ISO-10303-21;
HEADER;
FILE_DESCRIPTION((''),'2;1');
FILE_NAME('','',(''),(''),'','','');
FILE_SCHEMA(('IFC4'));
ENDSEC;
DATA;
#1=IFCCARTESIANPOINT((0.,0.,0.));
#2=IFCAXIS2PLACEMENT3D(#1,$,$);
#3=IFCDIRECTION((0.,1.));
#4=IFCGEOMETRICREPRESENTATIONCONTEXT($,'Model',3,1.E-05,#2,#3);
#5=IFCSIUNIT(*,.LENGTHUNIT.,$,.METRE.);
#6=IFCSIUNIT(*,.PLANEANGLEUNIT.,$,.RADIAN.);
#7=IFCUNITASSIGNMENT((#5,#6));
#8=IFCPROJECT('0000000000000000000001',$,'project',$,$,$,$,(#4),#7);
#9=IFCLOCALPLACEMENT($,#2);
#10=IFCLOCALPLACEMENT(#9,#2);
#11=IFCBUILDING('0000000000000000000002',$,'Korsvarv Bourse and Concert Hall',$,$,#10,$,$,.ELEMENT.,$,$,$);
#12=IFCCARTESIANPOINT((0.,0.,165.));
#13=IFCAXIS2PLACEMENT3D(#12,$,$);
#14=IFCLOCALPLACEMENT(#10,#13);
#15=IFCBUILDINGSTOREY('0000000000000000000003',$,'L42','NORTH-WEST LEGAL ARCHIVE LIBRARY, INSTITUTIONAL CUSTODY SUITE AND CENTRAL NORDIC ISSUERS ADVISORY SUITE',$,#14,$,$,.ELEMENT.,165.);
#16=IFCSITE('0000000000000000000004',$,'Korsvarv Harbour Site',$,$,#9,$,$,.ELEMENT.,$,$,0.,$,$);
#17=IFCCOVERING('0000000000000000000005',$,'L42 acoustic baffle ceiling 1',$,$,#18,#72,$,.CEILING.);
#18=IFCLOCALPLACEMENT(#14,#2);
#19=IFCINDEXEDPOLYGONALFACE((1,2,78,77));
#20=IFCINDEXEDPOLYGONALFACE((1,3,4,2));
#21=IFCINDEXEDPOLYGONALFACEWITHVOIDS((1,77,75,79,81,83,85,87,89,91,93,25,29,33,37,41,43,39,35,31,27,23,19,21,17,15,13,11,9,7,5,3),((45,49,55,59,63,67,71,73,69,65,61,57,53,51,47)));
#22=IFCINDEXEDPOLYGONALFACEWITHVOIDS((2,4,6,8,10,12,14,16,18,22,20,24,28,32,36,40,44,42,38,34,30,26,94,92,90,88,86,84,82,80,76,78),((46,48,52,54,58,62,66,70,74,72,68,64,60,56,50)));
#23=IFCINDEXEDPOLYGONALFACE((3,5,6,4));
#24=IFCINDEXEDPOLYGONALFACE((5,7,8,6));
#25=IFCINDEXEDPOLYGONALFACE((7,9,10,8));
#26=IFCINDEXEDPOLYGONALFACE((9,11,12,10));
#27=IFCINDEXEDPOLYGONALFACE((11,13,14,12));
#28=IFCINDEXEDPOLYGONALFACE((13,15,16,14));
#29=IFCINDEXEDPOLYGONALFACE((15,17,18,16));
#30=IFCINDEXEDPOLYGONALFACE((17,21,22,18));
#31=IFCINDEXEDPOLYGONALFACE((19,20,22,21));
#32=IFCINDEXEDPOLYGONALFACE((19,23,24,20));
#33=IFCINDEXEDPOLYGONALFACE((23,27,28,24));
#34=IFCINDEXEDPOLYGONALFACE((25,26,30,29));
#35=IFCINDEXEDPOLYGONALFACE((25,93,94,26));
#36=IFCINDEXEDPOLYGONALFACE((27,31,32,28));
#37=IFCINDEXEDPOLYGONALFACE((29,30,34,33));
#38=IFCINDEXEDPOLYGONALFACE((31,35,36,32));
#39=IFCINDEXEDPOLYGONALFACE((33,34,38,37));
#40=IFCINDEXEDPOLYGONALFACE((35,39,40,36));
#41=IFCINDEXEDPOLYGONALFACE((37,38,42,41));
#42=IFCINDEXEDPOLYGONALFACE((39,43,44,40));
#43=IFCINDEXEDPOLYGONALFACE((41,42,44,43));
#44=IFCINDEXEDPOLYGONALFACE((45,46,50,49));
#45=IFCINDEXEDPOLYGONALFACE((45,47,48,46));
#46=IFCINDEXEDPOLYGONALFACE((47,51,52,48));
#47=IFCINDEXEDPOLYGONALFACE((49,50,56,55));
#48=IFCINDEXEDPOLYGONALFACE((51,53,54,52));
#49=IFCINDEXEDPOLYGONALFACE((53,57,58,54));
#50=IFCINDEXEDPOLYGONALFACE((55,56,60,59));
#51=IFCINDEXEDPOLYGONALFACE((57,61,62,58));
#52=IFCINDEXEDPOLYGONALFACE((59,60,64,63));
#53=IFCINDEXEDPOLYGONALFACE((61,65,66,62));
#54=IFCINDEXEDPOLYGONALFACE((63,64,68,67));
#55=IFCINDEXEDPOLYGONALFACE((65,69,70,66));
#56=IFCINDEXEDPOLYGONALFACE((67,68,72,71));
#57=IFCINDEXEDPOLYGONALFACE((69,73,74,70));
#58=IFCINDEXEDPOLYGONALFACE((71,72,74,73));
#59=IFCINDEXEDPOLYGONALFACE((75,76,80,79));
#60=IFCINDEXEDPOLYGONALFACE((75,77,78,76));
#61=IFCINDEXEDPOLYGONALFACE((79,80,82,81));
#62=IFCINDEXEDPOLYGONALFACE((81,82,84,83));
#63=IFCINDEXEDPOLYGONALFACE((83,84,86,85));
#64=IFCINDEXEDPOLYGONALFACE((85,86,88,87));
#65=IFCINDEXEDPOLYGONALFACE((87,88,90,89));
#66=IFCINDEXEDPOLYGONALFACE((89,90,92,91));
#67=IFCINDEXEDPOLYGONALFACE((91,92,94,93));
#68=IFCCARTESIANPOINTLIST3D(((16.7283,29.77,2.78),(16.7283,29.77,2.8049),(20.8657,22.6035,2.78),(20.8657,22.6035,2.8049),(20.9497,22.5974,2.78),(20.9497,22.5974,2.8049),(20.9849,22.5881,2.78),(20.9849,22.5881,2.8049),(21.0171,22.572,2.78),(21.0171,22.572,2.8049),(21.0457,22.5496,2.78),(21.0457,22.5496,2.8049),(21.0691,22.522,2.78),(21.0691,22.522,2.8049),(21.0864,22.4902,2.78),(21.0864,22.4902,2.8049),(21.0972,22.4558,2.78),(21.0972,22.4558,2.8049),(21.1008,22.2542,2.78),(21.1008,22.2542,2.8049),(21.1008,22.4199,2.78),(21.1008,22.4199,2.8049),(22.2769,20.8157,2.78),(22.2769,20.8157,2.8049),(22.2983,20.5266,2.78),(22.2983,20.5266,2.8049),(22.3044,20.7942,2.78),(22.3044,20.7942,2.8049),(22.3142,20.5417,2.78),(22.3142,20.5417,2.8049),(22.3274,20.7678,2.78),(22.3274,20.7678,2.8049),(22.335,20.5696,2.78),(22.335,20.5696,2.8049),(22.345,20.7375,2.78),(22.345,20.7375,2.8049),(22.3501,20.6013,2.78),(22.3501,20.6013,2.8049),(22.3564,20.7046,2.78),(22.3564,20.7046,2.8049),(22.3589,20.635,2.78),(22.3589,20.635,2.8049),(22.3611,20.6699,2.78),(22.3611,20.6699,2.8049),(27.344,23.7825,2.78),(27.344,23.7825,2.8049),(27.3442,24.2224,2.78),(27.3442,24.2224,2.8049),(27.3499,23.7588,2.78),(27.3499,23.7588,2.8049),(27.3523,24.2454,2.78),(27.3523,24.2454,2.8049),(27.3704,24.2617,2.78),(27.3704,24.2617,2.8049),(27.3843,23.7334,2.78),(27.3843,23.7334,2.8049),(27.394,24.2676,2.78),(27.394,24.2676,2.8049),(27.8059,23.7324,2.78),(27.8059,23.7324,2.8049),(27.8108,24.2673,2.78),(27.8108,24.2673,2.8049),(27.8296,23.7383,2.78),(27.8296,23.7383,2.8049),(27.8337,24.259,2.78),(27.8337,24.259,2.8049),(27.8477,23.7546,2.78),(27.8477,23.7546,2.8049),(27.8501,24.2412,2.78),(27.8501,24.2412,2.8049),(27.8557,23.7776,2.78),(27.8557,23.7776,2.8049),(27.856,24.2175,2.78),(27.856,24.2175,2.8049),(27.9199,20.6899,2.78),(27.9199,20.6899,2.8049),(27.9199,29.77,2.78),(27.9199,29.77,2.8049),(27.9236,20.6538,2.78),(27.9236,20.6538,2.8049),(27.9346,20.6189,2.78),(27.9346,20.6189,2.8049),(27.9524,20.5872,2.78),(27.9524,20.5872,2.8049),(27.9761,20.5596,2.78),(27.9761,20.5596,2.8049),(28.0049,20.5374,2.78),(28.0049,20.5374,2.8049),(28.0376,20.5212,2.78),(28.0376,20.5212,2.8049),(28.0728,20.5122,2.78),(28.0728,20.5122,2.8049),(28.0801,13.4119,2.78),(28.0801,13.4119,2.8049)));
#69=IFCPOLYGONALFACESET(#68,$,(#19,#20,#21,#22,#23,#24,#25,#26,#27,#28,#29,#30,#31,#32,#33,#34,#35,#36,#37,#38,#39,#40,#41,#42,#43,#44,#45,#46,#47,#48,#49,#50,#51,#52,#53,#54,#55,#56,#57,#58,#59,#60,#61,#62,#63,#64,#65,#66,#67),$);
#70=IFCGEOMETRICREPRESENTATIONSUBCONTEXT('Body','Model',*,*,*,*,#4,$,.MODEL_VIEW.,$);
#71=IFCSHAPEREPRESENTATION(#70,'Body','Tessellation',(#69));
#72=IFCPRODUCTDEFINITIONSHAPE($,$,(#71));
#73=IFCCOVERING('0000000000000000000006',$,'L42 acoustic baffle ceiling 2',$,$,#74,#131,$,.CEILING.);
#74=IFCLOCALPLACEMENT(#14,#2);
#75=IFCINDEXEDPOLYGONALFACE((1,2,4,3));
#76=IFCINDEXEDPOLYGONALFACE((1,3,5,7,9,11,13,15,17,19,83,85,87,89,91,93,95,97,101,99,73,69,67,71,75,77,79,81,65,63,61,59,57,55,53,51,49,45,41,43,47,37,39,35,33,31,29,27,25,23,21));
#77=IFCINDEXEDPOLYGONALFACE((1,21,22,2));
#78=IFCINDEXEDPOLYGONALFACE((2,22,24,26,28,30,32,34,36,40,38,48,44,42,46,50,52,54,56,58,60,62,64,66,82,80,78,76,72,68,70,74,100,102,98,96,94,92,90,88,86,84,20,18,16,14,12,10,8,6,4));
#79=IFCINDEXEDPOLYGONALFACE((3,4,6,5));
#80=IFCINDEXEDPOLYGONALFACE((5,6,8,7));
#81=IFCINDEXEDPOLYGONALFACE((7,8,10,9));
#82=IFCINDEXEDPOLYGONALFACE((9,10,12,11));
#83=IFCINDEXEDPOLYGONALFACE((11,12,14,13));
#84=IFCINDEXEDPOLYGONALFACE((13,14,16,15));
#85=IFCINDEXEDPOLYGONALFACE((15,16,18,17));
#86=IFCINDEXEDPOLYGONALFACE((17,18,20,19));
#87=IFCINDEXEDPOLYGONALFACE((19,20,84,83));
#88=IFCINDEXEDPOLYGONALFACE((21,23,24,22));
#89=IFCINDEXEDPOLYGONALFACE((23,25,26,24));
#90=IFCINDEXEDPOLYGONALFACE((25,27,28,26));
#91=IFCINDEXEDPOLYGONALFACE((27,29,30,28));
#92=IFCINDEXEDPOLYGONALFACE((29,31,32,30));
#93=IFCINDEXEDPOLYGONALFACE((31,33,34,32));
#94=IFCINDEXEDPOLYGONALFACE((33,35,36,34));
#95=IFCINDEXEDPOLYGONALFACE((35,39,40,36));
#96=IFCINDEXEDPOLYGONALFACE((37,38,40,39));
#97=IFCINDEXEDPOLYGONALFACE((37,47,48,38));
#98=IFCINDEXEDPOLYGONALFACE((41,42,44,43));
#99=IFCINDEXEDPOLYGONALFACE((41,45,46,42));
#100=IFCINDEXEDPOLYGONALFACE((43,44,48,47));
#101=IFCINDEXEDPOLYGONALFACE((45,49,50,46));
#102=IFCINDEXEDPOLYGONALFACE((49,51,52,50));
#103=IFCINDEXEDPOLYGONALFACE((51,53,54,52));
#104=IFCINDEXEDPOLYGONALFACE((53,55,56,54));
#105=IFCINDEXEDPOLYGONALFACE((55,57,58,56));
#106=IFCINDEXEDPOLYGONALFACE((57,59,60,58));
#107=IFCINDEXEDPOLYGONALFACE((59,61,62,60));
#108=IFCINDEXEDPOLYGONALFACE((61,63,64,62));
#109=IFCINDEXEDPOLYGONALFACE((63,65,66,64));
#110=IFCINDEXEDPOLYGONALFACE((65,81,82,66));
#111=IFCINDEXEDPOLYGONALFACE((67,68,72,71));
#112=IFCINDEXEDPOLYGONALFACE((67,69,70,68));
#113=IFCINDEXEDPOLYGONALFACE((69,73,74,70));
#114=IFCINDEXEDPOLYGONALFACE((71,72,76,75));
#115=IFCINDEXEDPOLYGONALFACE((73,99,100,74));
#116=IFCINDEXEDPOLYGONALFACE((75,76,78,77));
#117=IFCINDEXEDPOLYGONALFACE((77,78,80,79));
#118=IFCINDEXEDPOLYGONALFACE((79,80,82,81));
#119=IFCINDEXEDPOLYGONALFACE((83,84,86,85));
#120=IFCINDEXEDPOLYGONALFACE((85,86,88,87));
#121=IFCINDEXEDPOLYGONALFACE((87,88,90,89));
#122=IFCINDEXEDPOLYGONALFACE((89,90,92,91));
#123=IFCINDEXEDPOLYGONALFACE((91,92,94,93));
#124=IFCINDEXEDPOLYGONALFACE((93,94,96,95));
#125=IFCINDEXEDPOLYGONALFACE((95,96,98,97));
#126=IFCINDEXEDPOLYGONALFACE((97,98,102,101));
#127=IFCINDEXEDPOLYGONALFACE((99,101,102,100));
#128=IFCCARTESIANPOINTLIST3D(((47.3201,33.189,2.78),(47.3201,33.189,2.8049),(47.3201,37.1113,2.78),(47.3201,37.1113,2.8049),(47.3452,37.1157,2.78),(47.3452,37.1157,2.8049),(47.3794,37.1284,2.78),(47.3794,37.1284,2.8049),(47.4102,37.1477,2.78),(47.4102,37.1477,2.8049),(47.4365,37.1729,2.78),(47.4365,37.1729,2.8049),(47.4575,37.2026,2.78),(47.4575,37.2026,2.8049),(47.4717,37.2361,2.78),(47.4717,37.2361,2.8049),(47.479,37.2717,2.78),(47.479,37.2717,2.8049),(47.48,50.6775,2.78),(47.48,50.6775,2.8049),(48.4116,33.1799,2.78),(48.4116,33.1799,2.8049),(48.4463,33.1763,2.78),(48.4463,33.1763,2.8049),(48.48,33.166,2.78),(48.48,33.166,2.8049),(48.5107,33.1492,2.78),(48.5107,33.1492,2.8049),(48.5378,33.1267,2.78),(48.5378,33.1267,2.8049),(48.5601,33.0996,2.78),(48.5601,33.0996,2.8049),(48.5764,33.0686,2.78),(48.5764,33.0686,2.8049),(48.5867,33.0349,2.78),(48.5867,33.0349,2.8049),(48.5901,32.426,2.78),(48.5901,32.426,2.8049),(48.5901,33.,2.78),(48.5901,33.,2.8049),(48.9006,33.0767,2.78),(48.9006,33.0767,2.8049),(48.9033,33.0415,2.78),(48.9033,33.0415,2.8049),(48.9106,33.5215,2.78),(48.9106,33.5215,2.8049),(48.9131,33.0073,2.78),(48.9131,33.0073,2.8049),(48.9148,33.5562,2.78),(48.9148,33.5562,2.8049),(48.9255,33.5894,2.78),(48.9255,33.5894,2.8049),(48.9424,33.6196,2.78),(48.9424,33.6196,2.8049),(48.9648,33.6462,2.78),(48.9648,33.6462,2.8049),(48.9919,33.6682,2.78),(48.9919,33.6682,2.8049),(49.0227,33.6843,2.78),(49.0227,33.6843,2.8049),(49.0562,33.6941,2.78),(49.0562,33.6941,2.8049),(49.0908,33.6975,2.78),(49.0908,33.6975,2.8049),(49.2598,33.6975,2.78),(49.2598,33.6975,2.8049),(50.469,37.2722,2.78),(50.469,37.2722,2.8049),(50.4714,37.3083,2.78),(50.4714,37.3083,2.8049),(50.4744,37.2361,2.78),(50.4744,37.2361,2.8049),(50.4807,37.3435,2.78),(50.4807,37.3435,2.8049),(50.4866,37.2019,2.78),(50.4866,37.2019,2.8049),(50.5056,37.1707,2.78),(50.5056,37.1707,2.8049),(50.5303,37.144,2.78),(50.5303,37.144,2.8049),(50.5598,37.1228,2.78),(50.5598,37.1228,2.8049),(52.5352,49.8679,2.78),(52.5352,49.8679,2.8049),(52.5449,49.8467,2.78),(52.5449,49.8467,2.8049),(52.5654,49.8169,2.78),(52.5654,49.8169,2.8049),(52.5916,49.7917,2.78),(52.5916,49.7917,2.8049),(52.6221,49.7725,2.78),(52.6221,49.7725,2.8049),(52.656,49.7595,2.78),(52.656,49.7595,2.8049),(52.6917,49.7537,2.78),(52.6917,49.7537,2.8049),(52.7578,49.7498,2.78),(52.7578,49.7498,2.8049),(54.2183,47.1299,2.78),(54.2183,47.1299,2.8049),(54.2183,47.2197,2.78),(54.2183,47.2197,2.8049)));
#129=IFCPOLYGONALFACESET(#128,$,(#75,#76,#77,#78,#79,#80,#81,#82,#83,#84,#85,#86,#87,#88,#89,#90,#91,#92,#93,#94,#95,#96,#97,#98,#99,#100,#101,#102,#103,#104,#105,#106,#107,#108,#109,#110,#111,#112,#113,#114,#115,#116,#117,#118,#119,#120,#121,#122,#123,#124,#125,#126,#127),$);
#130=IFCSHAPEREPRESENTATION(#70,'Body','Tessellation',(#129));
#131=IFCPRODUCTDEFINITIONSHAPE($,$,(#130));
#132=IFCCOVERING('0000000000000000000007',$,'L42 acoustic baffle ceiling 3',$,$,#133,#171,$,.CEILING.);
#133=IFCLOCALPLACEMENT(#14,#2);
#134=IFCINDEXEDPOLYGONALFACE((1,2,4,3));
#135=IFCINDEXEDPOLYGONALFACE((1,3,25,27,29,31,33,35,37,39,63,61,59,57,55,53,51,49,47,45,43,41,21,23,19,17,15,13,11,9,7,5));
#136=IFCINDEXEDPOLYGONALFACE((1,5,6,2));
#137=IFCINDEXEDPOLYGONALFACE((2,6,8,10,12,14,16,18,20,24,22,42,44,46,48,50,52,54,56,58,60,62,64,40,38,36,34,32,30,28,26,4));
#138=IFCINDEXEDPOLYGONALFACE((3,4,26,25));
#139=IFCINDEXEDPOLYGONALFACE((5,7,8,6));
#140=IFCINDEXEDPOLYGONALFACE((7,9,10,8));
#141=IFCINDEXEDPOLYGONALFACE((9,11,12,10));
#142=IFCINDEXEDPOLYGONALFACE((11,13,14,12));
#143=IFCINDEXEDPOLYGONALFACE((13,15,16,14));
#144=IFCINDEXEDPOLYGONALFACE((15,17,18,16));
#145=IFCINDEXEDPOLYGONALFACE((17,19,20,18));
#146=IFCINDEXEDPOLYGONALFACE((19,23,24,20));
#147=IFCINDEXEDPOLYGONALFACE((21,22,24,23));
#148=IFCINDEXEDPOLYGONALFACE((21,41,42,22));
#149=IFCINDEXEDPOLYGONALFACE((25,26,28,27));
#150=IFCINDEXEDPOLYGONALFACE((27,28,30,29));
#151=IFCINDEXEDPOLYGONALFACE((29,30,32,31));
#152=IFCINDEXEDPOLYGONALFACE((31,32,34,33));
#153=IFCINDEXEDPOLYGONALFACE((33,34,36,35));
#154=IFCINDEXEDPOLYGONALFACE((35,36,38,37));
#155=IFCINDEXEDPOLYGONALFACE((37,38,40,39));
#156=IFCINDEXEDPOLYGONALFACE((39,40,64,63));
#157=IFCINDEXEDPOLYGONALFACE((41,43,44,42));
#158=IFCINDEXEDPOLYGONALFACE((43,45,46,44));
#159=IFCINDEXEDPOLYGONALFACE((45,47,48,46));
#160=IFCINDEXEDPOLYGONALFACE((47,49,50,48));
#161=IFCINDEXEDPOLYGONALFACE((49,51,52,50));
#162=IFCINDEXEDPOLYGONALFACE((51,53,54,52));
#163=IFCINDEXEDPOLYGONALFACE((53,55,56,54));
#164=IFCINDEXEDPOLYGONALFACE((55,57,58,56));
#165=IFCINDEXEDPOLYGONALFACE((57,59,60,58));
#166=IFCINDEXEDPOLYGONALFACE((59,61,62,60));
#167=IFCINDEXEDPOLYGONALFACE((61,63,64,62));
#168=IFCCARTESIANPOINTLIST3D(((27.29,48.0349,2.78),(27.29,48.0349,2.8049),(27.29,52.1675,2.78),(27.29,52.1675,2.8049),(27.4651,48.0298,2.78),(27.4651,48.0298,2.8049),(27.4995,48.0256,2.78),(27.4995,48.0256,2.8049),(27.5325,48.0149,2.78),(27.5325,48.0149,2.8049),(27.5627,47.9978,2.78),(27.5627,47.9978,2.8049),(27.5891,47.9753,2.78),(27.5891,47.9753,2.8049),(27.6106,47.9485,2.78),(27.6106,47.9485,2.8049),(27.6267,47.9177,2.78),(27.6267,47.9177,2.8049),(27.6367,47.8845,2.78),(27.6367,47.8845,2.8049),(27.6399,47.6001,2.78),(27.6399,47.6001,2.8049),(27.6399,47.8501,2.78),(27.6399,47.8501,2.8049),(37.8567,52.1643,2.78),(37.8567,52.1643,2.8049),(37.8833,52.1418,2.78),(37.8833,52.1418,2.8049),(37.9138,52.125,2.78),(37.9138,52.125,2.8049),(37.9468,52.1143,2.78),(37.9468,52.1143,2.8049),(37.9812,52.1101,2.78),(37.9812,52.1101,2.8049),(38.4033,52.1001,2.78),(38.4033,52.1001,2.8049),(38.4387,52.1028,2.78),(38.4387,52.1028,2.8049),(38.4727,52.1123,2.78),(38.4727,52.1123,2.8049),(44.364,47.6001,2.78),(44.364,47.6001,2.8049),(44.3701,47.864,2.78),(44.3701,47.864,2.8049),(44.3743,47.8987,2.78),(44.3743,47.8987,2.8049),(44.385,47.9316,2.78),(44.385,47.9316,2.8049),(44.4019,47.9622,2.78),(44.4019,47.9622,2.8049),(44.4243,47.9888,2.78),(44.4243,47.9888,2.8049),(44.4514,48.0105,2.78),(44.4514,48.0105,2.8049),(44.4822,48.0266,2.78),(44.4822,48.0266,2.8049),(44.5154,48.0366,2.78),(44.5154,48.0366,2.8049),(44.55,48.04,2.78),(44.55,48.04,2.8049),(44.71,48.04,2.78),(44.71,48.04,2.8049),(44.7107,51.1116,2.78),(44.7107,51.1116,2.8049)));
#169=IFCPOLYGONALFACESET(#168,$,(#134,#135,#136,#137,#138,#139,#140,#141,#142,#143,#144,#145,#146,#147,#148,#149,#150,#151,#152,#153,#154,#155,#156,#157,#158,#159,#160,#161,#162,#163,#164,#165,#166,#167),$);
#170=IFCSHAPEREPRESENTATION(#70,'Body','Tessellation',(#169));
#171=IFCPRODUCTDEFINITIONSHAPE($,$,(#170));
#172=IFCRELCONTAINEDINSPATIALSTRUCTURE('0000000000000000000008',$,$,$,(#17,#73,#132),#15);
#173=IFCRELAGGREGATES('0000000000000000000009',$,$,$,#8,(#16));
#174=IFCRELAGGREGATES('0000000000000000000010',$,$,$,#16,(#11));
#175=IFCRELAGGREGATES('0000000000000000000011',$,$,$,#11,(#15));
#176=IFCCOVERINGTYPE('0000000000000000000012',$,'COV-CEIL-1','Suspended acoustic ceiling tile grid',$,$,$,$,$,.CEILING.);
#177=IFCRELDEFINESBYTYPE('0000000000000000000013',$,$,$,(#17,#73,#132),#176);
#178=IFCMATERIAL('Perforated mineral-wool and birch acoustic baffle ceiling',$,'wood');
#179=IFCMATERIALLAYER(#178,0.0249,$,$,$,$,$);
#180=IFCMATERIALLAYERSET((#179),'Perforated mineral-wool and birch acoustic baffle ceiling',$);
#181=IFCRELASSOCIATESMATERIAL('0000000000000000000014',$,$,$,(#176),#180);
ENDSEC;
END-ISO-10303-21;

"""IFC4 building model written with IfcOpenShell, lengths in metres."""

from ifc_helpers import new_model, si_unit, direction, frame, origin, place, context, subcontext, project, spatial, polyline, outline, extrude, material, layer, layer_set, type_object, element, save


model = new_model("IFC4")

# Units and contexts
model_context = context("Model", 3, precision=1e-05, world=origin(), true_north=direction((0.0, 1.0)))
body_context = subcontext(model_context, "Body", "Model", "MODEL_VIEW")
ifc_project = project(units=[si_unit("LENGTHUNIT", "METRE"), si_unit("PLANEANGLEUNIT", "RADIAN")], contexts=[model_context])

# Site, building, storey
site_placement = place(None, origin())
site = spatial("IfcSite", under=ifc_project, at=site_placement, Name="Korsvarv Harbour Site", CompositionType="ELEMENT", RefElevation=0.0)
building_placement = place(site_placement, origin())
building = spatial("IfcBuilding", under=site, at=building_placement, Name="Korsvarv Bourse and Concert Hall", CompositionType="ELEMENT")
storey_placement = place(building_placement, frame((0.0, 0.0, 165.0)))
storey = spatial("IfcBuildingStorey", under=building, at=storey_placement, Name="L42", Description="NORTH-WEST LEGAL ARCHIVE LIBRARY, INSTITUTIONAL CUSTODY SUITE AND CENTRAL NORDIC ISSUERS ADVISORY SUITE", CompositionType="ELEMENT", Elevation=165.0)

# Coverings
ifc_material_1 = material(Name="Perforated mineral-wool and birch acoustic baffle ceiling", Category="wood")
ifc_layer_1 = layer(ifc_material_1, 0.0249)
ifc_layer_set_1 = layer_set([ifc_layer_1], Name="Perforated mineral-wool and birch acoustic baffle ceiling")
covering_type_1 = type_object("IfcCoveringType", Name="COV-CEIL-1", Description="Suspended acoustic ceiling tile grid", PredefinedType="CEILING", material=ifc_layer_set_1)
covering_1_placement = place(storey_placement, frame((0.0, 0.0, 2.78)))
element("IfcCovering", 1, at=covering_1_placement, inside=storey, type_object=covering_type_1, Name="L42 acoustic baffle ceiling 1", PredefinedType="CEILING", context=body_context, shape_type="SweptSolid", body=[
    extrude(outline(polyline([(21.1008, 22.2542), (21.1008, 22.4199), (21.0972, 22.4558), (21.0864, 22.4902), (21.0691, 22.522), (21.0457, 22.5496), (21.0171, 22.572), (20.9849, 22.5881), (20.9497, 22.5974), (20.8657, 22.6035), (16.7283, 29.77), (27.9199, 29.77), (27.9199, 20.6899), (27.9236, 20.6538), (27.9346, 20.6189), (27.9524, 20.5872), (27.9761, 20.5596), (28.0049, 20.5374), (28.0376, 20.5212), (28.0728, 20.5122), (28.0801, 13.4119), (22.2983, 20.5266), (22.3142, 20.5417), (22.335, 20.5696), (22.3501, 20.6013), (22.3589, 20.635), (22.3611, 20.6699), (22.3564, 20.7046), (22.345, 20.7375), (22.3274, 20.7678), (22.3044, 20.7942), (22.2769, 20.8157), (21.1008, 22.2542)]), holes=[polyline([(27.3843, 23.7334), (27.8059, 23.7324), (27.8296, 23.7383), (27.8477, 23.7546), (27.8557, 23.7776), (27.856, 24.2175), (27.8501, 24.2412), (27.8337, 24.259), (27.8108, 24.2673), (27.394, 24.2676), (27.3704, 24.2617), (27.3523, 24.2454), (27.3442, 24.2224), (27.344, 23.7825), (27.3499, 23.7588), (27.3843, 23.7334)])]), origin(), (0.0, 0.0, 1.0), 0.0249),
])
covering_2_placement = place(storey_placement, frame((0.0, 0.0, 2.78)))
element("IfcCovering", 2, at=covering_2_placement, inside=storey, type_object=covering_type_1, Name="L42 acoustic baffle ceiling 2", PredefinedType="CEILING", context=body_context, shape_type="SweptSolid", body=[
    extrude(outline(polyline([(47.3201, 37.1113), (47.3452, 37.1157), (47.3794, 37.1284), (47.4102, 37.1477), (47.4365, 37.1729), (47.4575, 37.2026), (47.4717, 37.2361), (47.479, 37.2717), (47.48, 50.6775), (52.5352, 49.8679), (52.5449, 49.8467), (52.5654, 49.8169), (52.5916, 49.7917), (52.6221, 49.7725), (52.656, 49.7595), (52.6917, 49.7537), (52.7578, 49.7498), (54.2183, 47.2197), (54.2183, 47.1299), (50.4807, 37.3435), (50.4714, 37.3083), (50.469, 37.2722), (50.4744, 37.2361), (50.4866, 37.2019), (50.5056, 37.1707), (50.5303, 37.144), (50.5598, 37.1228), (49.2598, 33.6975), (49.0908, 33.6975), (49.0562, 33.6941), (49.0227, 33.6843), (48.9919, 33.6682), (48.9648, 33.6462), (48.9424, 33.6196), (48.9255, 33.5894), (48.9148, 33.5562), (48.9106, 33.5215), (48.9006, 33.0767), (48.9033, 33.0415), (48.9131, 33.0073), (48.5901, 32.426), (48.5901, 33.0), (48.5867, 33.0349), (48.5764, 33.0686), (48.5601, 33.0996), (48.5378, 33.1267), (48.5107, 33.1492), (48.48, 33.166), (48.4463, 33.1763), (48.4116, 33.1799), (47.3201, 33.189), (47.3201, 37.1113)])), origin(), (0.0, 0.0, 1.0), 0.0249),
])
covering_3_placement = place(storey_placement, frame((0.0, 0.0, 2.78)))
element("IfcCovering", 3, at=covering_3_placement, inside=storey, type_object=covering_type_1, Name="L42 acoustic baffle ceiling 3", PredefinedType="CEILING", context=body_context, shape_type="SweptSolid", body=[
    extrude(outline(polyline([(37.8567, 52.1643), (37.8833, 52.1418), (37.9138, 52.125), (37.9468, 52.1143), (37.9812, 52.1101), (38.4033, 52.1001), (38.4387, 52.1028), (38.4727, 52.1123), (44.7107, 51.1116), (44.71, 48.04), (44.55, 48.04), (44.5154, 48.0366), (44.4822, 48.0266), (44.4514, 48.0105), (44.4243, 47.9888), (44.4019, 47.9622), (44.385, 47.9316), (44.3743, 47.8987), (44.3701, 47.864), (44.364, 47.6001), (27.6399, 47.6001), (27.6399, 47.8501), (27.6367, 47.8845), (27.6267, 47.9177), (27.6106, 47.9485), (27.5891, 47.9753), (27.5627, 47.9978), (27.5325, 48.0149), (27.4995, 48.0256), (27.4651, 48.0298), (27.29, 48.0349), (27.29, 52.1675), (37.8567, 52.1643)])), origin(), (0.0, 0.0, 1.0), 0.0249),
])

save(model, "model.ifc")
